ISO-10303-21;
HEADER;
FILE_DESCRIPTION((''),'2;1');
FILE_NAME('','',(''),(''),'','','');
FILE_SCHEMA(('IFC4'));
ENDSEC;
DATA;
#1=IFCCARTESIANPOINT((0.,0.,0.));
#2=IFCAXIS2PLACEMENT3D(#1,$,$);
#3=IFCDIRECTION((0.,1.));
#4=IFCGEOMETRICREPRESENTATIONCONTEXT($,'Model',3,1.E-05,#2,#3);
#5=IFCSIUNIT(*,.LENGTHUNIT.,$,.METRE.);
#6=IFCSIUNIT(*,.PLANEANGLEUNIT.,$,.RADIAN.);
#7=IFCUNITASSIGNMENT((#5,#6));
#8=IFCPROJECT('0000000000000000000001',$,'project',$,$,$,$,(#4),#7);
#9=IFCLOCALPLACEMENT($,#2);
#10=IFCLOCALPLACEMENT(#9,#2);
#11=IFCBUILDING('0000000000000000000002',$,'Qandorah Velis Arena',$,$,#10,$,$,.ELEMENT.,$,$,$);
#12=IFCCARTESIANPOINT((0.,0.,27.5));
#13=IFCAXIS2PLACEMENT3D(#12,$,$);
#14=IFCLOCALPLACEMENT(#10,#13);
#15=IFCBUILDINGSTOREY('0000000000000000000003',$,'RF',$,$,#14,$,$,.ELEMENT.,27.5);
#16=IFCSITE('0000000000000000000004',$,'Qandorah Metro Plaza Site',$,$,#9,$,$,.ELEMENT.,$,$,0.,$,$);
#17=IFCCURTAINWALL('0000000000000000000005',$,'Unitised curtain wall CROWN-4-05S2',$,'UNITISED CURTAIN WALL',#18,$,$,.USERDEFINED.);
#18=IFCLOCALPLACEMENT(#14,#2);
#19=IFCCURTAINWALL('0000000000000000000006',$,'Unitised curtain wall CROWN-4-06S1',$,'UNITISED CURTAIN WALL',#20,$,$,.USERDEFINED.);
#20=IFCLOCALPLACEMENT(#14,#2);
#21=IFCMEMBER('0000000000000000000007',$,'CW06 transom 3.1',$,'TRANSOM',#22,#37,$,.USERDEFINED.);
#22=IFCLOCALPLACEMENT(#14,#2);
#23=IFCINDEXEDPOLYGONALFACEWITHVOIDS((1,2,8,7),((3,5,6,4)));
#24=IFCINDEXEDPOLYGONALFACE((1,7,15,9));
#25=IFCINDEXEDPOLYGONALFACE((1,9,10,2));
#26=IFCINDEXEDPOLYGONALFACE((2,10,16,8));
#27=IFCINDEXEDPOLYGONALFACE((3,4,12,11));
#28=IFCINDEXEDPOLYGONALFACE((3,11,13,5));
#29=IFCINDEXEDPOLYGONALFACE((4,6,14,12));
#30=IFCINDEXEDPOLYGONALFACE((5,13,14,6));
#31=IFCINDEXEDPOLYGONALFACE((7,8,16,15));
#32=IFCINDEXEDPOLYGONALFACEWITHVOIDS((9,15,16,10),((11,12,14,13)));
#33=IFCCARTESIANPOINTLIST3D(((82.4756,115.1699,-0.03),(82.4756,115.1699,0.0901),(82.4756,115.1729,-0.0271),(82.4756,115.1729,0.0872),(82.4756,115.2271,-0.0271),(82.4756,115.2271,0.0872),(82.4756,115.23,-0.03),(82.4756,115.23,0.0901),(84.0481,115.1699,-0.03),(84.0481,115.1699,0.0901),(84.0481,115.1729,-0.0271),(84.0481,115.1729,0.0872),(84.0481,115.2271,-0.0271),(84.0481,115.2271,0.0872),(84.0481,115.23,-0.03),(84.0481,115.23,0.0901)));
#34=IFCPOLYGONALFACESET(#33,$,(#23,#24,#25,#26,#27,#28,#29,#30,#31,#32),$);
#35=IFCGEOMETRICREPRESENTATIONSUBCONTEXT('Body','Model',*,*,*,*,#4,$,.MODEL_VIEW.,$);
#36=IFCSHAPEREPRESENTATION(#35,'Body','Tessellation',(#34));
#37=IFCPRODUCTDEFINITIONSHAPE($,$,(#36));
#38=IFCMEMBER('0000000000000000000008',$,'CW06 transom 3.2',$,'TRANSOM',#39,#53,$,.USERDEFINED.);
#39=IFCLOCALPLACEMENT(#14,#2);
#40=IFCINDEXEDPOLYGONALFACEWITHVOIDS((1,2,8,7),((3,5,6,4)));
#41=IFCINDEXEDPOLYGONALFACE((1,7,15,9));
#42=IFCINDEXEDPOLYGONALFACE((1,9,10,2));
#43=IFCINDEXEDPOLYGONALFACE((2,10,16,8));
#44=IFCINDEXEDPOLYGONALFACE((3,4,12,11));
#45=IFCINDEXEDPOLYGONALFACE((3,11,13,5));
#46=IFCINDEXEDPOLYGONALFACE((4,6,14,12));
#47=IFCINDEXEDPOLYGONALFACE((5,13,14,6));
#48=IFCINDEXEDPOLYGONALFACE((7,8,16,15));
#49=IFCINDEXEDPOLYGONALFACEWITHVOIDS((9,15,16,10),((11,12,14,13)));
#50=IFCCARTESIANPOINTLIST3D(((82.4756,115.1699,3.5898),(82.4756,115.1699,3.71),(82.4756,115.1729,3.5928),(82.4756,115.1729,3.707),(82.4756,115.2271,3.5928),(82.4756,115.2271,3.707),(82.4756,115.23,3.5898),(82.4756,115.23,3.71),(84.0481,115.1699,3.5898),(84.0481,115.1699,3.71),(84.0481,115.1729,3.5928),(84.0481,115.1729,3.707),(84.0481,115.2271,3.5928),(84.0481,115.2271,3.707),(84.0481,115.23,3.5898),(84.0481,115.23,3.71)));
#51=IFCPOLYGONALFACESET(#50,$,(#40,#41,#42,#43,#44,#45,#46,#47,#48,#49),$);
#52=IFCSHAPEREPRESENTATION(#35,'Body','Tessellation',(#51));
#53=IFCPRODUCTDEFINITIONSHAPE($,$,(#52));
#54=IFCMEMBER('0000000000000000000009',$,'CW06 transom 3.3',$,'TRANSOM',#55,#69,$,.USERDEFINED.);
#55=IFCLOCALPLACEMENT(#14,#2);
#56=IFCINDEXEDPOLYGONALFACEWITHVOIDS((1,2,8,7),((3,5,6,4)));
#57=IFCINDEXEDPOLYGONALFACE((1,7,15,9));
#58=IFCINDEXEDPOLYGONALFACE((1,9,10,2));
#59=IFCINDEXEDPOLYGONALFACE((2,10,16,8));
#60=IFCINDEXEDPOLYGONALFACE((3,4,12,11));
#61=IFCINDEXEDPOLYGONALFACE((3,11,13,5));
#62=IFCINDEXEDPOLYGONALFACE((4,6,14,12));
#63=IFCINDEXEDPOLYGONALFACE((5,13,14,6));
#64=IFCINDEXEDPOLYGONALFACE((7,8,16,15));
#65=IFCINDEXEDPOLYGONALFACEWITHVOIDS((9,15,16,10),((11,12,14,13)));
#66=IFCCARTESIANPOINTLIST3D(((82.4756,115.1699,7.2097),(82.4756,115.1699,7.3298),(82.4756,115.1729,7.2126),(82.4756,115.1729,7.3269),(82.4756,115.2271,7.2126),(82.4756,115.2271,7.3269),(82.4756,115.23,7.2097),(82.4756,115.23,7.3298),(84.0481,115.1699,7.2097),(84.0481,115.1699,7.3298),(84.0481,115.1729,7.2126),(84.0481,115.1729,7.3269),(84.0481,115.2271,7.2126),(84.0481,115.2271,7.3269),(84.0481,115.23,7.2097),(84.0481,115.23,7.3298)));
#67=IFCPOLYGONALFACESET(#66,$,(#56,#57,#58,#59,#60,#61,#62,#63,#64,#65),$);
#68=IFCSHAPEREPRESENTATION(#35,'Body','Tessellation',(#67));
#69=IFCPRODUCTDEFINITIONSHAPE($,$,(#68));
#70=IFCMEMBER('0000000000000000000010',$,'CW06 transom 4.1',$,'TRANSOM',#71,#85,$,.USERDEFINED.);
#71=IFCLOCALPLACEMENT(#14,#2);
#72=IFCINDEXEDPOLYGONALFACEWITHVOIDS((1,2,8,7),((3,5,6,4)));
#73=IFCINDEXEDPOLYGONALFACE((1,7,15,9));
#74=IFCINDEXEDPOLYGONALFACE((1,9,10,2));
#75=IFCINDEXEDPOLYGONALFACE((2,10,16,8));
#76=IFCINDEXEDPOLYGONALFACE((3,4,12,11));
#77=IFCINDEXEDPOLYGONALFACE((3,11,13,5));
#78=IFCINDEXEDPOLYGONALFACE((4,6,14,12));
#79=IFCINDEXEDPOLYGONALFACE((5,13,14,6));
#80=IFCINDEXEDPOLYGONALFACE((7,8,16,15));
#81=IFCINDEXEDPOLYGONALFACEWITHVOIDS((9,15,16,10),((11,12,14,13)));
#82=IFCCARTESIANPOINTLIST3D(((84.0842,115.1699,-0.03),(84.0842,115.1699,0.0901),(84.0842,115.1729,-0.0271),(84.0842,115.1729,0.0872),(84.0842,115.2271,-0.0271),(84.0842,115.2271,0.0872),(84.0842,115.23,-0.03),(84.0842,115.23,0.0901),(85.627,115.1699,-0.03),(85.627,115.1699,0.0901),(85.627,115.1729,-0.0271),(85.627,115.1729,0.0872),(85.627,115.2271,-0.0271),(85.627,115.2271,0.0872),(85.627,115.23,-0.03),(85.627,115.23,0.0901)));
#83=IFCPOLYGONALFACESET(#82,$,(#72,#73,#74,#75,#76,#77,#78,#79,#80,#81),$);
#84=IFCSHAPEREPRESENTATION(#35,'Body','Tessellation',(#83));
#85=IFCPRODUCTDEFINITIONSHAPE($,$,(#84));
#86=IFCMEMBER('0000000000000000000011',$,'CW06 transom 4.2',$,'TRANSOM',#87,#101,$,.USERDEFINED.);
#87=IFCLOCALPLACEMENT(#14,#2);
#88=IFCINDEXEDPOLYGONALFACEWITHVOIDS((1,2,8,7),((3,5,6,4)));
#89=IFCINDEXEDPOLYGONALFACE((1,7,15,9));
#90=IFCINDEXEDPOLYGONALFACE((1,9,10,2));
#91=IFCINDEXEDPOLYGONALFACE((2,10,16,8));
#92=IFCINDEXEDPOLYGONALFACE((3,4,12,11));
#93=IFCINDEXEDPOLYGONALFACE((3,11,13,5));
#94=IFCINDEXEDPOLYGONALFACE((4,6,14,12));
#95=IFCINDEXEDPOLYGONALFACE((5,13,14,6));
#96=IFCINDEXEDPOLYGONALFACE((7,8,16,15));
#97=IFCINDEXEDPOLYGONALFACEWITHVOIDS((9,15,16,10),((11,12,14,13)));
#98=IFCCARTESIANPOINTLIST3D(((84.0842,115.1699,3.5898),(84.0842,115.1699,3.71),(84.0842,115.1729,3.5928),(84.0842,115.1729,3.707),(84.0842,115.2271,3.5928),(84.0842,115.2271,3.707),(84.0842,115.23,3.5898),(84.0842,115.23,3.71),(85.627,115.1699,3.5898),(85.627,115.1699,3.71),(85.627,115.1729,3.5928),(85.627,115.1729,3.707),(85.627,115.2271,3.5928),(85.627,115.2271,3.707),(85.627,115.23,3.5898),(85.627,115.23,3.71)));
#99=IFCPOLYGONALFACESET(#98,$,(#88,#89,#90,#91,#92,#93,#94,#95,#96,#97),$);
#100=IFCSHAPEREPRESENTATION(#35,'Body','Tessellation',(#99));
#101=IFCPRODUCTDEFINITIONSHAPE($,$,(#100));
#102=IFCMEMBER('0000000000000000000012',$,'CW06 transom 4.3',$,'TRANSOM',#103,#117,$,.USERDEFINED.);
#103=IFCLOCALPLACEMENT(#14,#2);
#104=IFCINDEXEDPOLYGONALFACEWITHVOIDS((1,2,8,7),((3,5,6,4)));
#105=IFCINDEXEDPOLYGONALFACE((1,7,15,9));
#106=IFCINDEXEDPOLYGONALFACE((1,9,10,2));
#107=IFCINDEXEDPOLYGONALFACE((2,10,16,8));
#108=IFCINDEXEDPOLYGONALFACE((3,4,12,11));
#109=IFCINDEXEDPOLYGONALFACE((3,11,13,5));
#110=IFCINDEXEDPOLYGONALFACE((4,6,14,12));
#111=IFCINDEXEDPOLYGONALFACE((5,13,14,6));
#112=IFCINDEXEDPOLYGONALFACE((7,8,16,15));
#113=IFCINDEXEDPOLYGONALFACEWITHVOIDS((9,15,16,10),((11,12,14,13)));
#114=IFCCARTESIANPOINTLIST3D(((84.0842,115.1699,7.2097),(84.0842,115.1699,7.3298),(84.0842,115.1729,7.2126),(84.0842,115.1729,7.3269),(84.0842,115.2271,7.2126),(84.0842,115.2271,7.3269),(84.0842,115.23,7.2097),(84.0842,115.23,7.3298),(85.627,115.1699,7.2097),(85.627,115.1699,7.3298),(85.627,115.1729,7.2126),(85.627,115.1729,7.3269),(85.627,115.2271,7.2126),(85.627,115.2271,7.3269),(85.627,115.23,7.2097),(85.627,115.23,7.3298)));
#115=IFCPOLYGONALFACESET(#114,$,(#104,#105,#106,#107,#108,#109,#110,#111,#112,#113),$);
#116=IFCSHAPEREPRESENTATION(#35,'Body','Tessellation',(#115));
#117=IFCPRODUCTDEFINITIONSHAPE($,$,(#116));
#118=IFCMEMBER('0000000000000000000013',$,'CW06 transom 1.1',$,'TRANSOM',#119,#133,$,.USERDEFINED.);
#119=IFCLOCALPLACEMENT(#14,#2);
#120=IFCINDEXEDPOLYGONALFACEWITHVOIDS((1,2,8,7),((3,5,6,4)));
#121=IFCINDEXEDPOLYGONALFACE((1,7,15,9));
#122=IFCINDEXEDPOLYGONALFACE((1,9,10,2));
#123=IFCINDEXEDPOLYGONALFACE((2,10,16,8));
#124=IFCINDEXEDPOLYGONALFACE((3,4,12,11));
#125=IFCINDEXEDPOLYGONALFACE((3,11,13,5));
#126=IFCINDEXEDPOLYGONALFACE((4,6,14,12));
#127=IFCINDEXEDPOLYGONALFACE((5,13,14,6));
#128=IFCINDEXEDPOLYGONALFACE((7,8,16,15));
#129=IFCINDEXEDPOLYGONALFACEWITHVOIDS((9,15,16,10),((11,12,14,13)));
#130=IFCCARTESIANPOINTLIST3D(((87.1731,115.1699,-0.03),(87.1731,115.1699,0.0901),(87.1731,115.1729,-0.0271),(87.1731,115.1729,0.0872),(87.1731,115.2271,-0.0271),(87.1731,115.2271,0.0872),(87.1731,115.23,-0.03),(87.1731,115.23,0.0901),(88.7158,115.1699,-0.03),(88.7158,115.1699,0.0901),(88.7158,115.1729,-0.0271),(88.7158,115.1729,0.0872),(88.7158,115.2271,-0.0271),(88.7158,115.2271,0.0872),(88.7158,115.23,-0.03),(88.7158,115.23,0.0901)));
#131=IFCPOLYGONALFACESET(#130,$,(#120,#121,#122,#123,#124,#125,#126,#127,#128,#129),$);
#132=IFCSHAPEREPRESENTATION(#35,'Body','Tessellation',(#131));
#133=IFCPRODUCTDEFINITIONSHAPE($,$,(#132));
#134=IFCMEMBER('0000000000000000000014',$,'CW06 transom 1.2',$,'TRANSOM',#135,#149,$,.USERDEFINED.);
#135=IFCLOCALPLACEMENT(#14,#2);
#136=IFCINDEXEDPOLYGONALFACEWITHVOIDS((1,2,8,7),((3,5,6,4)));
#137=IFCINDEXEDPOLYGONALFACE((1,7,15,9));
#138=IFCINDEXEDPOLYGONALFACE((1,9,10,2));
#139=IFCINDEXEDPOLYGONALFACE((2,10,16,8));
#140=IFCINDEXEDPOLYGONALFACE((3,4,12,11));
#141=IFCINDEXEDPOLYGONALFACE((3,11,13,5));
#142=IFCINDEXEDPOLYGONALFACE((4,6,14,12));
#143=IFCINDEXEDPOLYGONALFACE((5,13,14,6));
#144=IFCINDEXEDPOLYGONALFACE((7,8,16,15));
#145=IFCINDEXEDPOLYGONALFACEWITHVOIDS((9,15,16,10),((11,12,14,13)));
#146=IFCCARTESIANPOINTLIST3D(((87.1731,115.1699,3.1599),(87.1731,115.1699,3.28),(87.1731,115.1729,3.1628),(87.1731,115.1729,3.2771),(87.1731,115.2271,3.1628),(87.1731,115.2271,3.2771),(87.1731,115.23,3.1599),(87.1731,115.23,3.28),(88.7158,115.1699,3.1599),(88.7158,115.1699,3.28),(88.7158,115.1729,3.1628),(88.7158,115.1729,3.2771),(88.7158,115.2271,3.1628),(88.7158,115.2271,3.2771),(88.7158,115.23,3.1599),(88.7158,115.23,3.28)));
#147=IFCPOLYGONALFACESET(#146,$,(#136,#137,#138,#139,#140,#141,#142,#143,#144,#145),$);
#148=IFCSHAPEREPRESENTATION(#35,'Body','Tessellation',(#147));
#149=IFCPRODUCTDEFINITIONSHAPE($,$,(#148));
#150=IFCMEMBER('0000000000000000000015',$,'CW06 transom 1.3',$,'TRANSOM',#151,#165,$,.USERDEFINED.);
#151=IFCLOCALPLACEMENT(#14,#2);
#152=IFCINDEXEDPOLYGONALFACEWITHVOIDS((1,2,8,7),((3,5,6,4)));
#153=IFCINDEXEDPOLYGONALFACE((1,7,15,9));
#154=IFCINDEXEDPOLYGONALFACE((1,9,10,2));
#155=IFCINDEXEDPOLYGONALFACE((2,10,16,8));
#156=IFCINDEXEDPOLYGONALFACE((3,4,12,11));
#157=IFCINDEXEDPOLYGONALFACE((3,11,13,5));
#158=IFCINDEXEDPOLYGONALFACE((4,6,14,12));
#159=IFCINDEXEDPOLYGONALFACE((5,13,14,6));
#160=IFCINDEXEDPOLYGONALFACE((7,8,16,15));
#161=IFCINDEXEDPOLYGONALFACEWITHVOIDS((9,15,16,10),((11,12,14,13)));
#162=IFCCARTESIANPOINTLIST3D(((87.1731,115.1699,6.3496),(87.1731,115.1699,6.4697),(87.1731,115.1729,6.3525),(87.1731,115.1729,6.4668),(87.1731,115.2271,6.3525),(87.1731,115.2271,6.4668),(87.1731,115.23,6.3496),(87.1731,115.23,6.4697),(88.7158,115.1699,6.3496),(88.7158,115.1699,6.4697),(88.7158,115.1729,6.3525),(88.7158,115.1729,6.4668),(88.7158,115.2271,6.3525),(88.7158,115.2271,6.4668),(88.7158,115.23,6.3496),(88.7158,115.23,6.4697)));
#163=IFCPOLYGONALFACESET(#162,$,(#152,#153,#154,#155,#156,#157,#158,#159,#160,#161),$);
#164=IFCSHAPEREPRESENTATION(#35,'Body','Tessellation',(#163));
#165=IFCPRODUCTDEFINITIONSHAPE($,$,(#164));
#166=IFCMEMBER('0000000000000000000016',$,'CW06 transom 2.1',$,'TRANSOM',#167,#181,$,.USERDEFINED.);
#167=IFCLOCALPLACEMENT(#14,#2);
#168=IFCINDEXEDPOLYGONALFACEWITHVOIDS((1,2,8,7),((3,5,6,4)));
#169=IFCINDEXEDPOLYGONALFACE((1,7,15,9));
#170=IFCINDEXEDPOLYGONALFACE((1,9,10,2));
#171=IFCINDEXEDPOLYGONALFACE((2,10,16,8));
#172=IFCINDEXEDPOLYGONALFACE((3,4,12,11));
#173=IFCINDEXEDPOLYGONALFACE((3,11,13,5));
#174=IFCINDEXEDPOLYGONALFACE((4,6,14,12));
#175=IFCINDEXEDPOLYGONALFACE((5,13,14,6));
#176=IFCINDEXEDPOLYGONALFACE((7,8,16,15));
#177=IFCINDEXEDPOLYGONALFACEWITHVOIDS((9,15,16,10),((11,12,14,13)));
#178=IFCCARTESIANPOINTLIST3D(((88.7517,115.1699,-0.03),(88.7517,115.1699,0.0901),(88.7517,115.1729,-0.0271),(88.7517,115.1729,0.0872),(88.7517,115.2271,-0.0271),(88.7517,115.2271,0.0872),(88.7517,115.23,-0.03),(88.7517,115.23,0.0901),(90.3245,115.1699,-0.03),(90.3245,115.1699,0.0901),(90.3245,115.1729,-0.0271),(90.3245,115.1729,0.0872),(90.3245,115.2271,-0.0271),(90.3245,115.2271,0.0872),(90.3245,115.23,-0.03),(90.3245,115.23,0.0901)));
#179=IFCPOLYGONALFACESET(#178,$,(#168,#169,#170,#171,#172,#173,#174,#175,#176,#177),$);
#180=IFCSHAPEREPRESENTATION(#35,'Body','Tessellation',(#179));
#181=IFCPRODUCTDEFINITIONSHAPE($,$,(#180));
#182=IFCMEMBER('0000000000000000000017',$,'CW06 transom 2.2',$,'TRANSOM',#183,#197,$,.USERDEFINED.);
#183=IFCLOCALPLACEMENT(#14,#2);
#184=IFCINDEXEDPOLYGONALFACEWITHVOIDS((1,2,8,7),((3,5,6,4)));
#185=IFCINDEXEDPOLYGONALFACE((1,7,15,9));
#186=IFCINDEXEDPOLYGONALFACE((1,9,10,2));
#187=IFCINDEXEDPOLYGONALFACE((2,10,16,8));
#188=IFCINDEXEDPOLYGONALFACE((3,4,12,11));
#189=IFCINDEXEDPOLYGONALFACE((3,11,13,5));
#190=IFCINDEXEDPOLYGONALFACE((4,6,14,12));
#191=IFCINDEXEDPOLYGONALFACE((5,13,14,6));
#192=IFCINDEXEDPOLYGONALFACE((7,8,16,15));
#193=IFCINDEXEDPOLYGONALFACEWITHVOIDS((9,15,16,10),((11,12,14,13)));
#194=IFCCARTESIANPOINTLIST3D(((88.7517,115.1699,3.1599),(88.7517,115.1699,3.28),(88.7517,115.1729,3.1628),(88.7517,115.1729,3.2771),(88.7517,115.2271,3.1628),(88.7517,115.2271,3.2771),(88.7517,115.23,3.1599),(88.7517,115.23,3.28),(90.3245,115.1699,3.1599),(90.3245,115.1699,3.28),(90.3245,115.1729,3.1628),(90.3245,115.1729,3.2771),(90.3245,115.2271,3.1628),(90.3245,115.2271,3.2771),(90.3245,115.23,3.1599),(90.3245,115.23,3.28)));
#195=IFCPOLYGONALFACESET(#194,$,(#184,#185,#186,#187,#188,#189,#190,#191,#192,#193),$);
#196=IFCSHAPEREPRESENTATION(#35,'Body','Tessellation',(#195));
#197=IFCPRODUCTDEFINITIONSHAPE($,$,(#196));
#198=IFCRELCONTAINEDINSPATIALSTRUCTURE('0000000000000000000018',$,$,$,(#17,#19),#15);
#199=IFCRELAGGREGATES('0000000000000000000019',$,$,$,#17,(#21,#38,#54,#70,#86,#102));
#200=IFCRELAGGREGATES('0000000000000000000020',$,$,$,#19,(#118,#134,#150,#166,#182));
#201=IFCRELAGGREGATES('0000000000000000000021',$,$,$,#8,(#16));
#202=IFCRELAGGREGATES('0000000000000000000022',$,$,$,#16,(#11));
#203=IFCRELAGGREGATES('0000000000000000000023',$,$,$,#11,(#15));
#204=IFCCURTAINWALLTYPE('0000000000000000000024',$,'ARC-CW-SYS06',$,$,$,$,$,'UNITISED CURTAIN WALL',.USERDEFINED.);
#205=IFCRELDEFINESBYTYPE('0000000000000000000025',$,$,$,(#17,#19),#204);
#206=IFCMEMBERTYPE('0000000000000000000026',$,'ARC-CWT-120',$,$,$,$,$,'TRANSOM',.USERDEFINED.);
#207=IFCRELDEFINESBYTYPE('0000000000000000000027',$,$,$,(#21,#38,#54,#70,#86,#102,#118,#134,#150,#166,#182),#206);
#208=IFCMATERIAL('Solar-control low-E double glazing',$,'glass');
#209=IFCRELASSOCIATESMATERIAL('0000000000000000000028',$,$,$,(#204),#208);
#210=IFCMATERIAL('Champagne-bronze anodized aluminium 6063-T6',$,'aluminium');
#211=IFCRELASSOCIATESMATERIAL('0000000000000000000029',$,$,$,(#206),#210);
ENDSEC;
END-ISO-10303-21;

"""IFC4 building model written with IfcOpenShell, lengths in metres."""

from ifc_helpers import new_model, si_unit, direction, frame, origin, origin_2d, place, context, subcontext, project, spatial, hollow_rectangle, extrude, material, material_profile, profile_set, type_object, element, aggregate, save


model = new_model("IFC4")

# Units and contexts
model_context = context("Model", 3, precision=1e-05, world=origin(), true_north=direction((0.0, 1.0)))
body_context = subcontext(model_context, "Body", "Model", "MODEL_VIEW")
ifc_project = project(units=[si_unit("LENGTHUNIT", "METRE"), si_unit("PLANEANGLEUNIT", "RADIAN")], contexts=[model_context])

# Site, building, storey
site_placement = place(None, origin())
site = spatial("IfcSite", under=ifc_project, at=site_placement, Name="Qandorah Metro Plaza Site", CompositionType="ELEMENT", RefElevation=0.0)
building_placement = place(site_placement, origin())
building = spatial("IfcBuilding", under=site, at=building_placement, Name="Qandorah Velis Arena", CompositionType="ELEMENT")
storey_placement = place(building_placement, frame((0.0, 0.0, 27.5)))
storey = spatial("IfcBuildingStorey", under=building, at=storey_placement, Name="RF", CompositionType="ELEMENT", Elevation=27.5)

# Curtain walls
ifc_material_1 = material(Name="Solar-control low-E double glazing", Category="glass")
curtain_wall_type = type_object("IfcCurtainWallType", Name="ARC-CW-SYS06", ElementType="UNITISED CURTAIN WALL", PredefinedType="USERDEFINED", material=ifc_material_1)
curtain_wall_1_placement = place(storey_placement, origin())
curtain_wall_1 = element("IfcCurtainWall", 1, at=curtain_wall_1_placement, inside=storey, type_object=curtain_wall_type, Name="Unitised curtain wall CROWN-4-05S2", ObjectType="UNITISED CURTAIN WALL", PredefinedType="USERDEFINED")
ifc_material_2 = material(Name="Champagne-bronze anodized aluminium 6063-T6", Category="aluminium")
curtain_wall_2_placement = place(storey_placement, origin())
curtain_wall_2 = element("IfcCurtainWall", 2, at=curtain_wall_2_placement, inside=storey, type_object=curtain_wall_type, Name="Unitised curtain wall CROWN-4-06S1", ObjectType="UNITISED CURTAIN WALL", PredefinedType="USERDEFINED")

# Members
ifc_material_profile_1 = material_profile(ifc_material_2, hollow_rectangle(XDim=0.0601, YDim=0.1201, WallThickness=0.0029, at=origin_2d()), Name="ALU TRANSOM 60x120")
ifc_profile_set_1 = profile_set([ifc_material_profile_1], Name="Champagne-bronze anodized aluminium 6063-T6")
member_type_1 = type_object("IfcMemberType", Name="ARC-CWT-120", ElementType="TRANSOM", PredefinedType="USERDEFINED", material=ifc_profile_set_1)
member_1_placement = place(storey_placement, frame((82.4756, 115.2, 0.03), z_axis=(1.0, 0.0, 0.0), x_axis=(0.0, 1.0, 0.0)))
member_1 = element("IfcMember", 3, at=member_1_placement, type_object=member_type_1, Name="CW06 transom 3.1", ObjectType="TRANSOM", PredefinedType="USERDEFINED", context=body_context, shape_type="SweptSolid", body=[
    extrude(hollow_rectangle(XDim=0.0601, YDim=0.1201, WallThickness=0.0029, at=origin_2d()), origin(), (0.0, 0.0, 1.0), 1.5725),
])
member_2_placement = place(storey_placement, frame((82.4756, 115.2, 3.6499), z_axis=(1.0, 0.0, 0.0), x_axis=(0.0, 1.0, 0.0)))
member_2 = element("IfcMember", 4, at=member_2_placement, type_object=member_type_1, Name="CW06 transom 3.2", ObjectType="TRANSOM", PredefinedType="USERDEFINED", context=body_context, shape_type="SweptSolid", body=[
    extrude(hollow_rectangle(XDim=0.0601, YDim=0.1201, WallThickness=0.0029, at=origin_2d()), origin(), (0.0, 0.0, 1.0), 1.5725),
])
member_3_placement = place(storey_placement, frame((82.4756, 115.2, 7.2698), z_axis=(1.0, 0.0, 0.0), x_axis=(0.0, 1.0, 0.0)))
member_3 = element("IfcMember", 5, at=member_3_placement, type_object=member_type_1, Name="CW06 transom 3.3", ObjectType="TRANSOM", PredefinedType="USERDEFINED", context=body_context, shape_type="SweptSolid", body=[
    extrude(hollow_rectangle(XDim=0.0601, YDim=0.1201, WallThickness=0.0029, at=origin_2d()), origin(), (0.0, 0.0, 1.0), 1.5725),
])
member_4_placement = place(storey_placement, frame((84.0842, 115.2, 0.03), z_axis=(1.0, 0.0, 0.0), x_axis=(0.0, 1.0, 0.0)))
member_4 = element("IfcMember", 6, at=member_4_placement, type_object=member_type_1, Name="CW06 transom 4.1", ObjectType="TRANSOM", PredefinedType="USERDEFINED", context=body_context, shape_type="SweptSolid", body=[
    extrude(hollow_rectangle(XDim=0.0601, YDim=0.1201, WallThickness=0.0029, at=origin_2d()), origin(), (0.0, 0.0, 1.0), 1.5427),
])
member_5_placement = place(storey_placement, frame((84.0842, 115.2, 3.6499), z_axis=(1.0, 0.0, 0.0), x_axis=(0.0, 1.0, 0.0)))
member_5 = element("IfcMember", 7, at=member_5_placement, type_object=member_type_1, Name="CW06 transom 4.2", ObjectType="TRANSOM", PredefinedType="USERDEFINED", context=body_context, shape_type="SweptSolid", body=[
    extrude(hollow_rectangle(XDim=0.0601, YDim=0.1201, WallThickness=0.0029, at=origin_2d()), origin(), (0.0, 0.0, 1.0), 1.5427),
])
member_6_placement = place(storey_placement, frame((84.0842, 115.2, 7.2698), z_axis=(1.0, 0.0, 0.0), x_axis=(0.0, 1.0, 0.0)))
member_6 = element("IfcMember", 8, at=member_6_placement, type_object=member_type_1, Name="CW06 transom 4.3", ObjectType="TRANSOM", PredefinedType="USERDEFINED", context=body_context, shape_type="SweptSolid", body=[
    extrude(hollow_rectangle(XDim=0.0601, YDim=0.1201, WallThickness=0.0029, at=origin_2d()), origin(), (0.0, 0.0, 1.0), 1.5427),
])
member_7_placement = place(storey_placement, frame((87.1731, 115.2, 0.03), z_axis=(1.0, 0.0, 0.0), x_axis=(0.0, 1.0, 0.0)))
member_7 = element("IfcMember", 9, at=member_7_placement, type_object=member_type_1, Name="CW06 transom 1.1", ObjectType="TRANSOM", PredefinedType="USERDEFINED", context=body_context, shape_type="SweptSolid", body=[
    extrude(hollow_rectangle(XDim=0.0601, YDim=0.1201, WallThickness=0.0029, at=origin_2d()), origin(), (0.0, 0.0, 1.0), 1.5427),
])
member_8_placement = place(storey_placement, frame((87.1731, 115.2, 3.22), z_axis=(1.0, 0.0, 0.0), x_axis=(0.0, 1.0, 0.0)))
member_8 = element("IfcMember", 10, at=member_8_placement, type_object=member_type_1, Name="CW06 transom 1.2", ObjectType="TRANSOM", PredefinedType="USERDEFINED", context=body_context, shape_type="SweptSolid", body=[
    extrude(hollow_rectangle(XDim=0.0601, YDim=0.1201, WallThickness=0.0029, at=origin_2d()), origin(), (0.0, 0.0, 1.0), 1.5427),
])
member_9_placement = place(storey_placement, frame((87.1731, 115.2, 6.4097), z_axis=(1.0, 0.0, 0.0), x_axis=(0.0, 1.0, 0.0)))
member_9 = element("IfcMember", 11, at=member_9_placement, type_object=member_type_1, Name="CW06 transom 1.3", ObjectType="TRANSOM", PredefinedType="USERDEFINED", context=body_context, shape_type="SweptSolid", body=[
    extrude(hollow_rectangle(XDim=0.0601, YDim=0.1201, WallThickness=0.0029, at=origin_2d()), origin(), (0.0, 0.0, 1.0), 1.5427),
])
member_10_placement = place(storey_placement, frame((88.7517, 115.2, 0.03), z_axis=(1.0, 0.0, 0.0), x_axis=(0.0, 1.0, 0.0)))
member_10 = element("IfcMember", 12, at=member_10_placement, type_object=member_type_1, Name="CW06 transom 2.1", ObjectType="TRANSOM", PredefinedType="USERDEFINED", context=body_context, shape_type="SweptSolid", body=[
    extrude(hollow_rectangle(XDim=0.0601, YDim=0.1201, WallThickness=0.0029, at=origin_2d()), origin(), (0.0, 0.0, 1.0), 1.5728),
])
member_11_placement = place(storey_placement, frame((88.7517, 115.2, 3.22), z_axis=(1.0, 0.0, 0.0), x_axis=(0.0, 1.0, 0.0)))
member_11 = element("IfcMember", 13, at=member_11_placement, type_object=member_type_1, Name="CW06 transom 2.2", ObjectType="TRANSOM", PredefinedType="USERDEFINED", context=body_context, shape_type="SweptSolid", body=[
    extrude(hollow_rectangle(XDim=0.0601, YDim=0.1201, WallThickness=0.0029, at=origin_2d()), origin(), (0.0, 0.0, 1.0), 1.5728),
])

aggregate(curtain_wall_1, [member_1, member_2, member_3, member_4, member_5, member_6])
aggregate(curtain_wall_2, [member_7, member_8, member_9, member_10, member_11])

save(model, "model.ifc")
